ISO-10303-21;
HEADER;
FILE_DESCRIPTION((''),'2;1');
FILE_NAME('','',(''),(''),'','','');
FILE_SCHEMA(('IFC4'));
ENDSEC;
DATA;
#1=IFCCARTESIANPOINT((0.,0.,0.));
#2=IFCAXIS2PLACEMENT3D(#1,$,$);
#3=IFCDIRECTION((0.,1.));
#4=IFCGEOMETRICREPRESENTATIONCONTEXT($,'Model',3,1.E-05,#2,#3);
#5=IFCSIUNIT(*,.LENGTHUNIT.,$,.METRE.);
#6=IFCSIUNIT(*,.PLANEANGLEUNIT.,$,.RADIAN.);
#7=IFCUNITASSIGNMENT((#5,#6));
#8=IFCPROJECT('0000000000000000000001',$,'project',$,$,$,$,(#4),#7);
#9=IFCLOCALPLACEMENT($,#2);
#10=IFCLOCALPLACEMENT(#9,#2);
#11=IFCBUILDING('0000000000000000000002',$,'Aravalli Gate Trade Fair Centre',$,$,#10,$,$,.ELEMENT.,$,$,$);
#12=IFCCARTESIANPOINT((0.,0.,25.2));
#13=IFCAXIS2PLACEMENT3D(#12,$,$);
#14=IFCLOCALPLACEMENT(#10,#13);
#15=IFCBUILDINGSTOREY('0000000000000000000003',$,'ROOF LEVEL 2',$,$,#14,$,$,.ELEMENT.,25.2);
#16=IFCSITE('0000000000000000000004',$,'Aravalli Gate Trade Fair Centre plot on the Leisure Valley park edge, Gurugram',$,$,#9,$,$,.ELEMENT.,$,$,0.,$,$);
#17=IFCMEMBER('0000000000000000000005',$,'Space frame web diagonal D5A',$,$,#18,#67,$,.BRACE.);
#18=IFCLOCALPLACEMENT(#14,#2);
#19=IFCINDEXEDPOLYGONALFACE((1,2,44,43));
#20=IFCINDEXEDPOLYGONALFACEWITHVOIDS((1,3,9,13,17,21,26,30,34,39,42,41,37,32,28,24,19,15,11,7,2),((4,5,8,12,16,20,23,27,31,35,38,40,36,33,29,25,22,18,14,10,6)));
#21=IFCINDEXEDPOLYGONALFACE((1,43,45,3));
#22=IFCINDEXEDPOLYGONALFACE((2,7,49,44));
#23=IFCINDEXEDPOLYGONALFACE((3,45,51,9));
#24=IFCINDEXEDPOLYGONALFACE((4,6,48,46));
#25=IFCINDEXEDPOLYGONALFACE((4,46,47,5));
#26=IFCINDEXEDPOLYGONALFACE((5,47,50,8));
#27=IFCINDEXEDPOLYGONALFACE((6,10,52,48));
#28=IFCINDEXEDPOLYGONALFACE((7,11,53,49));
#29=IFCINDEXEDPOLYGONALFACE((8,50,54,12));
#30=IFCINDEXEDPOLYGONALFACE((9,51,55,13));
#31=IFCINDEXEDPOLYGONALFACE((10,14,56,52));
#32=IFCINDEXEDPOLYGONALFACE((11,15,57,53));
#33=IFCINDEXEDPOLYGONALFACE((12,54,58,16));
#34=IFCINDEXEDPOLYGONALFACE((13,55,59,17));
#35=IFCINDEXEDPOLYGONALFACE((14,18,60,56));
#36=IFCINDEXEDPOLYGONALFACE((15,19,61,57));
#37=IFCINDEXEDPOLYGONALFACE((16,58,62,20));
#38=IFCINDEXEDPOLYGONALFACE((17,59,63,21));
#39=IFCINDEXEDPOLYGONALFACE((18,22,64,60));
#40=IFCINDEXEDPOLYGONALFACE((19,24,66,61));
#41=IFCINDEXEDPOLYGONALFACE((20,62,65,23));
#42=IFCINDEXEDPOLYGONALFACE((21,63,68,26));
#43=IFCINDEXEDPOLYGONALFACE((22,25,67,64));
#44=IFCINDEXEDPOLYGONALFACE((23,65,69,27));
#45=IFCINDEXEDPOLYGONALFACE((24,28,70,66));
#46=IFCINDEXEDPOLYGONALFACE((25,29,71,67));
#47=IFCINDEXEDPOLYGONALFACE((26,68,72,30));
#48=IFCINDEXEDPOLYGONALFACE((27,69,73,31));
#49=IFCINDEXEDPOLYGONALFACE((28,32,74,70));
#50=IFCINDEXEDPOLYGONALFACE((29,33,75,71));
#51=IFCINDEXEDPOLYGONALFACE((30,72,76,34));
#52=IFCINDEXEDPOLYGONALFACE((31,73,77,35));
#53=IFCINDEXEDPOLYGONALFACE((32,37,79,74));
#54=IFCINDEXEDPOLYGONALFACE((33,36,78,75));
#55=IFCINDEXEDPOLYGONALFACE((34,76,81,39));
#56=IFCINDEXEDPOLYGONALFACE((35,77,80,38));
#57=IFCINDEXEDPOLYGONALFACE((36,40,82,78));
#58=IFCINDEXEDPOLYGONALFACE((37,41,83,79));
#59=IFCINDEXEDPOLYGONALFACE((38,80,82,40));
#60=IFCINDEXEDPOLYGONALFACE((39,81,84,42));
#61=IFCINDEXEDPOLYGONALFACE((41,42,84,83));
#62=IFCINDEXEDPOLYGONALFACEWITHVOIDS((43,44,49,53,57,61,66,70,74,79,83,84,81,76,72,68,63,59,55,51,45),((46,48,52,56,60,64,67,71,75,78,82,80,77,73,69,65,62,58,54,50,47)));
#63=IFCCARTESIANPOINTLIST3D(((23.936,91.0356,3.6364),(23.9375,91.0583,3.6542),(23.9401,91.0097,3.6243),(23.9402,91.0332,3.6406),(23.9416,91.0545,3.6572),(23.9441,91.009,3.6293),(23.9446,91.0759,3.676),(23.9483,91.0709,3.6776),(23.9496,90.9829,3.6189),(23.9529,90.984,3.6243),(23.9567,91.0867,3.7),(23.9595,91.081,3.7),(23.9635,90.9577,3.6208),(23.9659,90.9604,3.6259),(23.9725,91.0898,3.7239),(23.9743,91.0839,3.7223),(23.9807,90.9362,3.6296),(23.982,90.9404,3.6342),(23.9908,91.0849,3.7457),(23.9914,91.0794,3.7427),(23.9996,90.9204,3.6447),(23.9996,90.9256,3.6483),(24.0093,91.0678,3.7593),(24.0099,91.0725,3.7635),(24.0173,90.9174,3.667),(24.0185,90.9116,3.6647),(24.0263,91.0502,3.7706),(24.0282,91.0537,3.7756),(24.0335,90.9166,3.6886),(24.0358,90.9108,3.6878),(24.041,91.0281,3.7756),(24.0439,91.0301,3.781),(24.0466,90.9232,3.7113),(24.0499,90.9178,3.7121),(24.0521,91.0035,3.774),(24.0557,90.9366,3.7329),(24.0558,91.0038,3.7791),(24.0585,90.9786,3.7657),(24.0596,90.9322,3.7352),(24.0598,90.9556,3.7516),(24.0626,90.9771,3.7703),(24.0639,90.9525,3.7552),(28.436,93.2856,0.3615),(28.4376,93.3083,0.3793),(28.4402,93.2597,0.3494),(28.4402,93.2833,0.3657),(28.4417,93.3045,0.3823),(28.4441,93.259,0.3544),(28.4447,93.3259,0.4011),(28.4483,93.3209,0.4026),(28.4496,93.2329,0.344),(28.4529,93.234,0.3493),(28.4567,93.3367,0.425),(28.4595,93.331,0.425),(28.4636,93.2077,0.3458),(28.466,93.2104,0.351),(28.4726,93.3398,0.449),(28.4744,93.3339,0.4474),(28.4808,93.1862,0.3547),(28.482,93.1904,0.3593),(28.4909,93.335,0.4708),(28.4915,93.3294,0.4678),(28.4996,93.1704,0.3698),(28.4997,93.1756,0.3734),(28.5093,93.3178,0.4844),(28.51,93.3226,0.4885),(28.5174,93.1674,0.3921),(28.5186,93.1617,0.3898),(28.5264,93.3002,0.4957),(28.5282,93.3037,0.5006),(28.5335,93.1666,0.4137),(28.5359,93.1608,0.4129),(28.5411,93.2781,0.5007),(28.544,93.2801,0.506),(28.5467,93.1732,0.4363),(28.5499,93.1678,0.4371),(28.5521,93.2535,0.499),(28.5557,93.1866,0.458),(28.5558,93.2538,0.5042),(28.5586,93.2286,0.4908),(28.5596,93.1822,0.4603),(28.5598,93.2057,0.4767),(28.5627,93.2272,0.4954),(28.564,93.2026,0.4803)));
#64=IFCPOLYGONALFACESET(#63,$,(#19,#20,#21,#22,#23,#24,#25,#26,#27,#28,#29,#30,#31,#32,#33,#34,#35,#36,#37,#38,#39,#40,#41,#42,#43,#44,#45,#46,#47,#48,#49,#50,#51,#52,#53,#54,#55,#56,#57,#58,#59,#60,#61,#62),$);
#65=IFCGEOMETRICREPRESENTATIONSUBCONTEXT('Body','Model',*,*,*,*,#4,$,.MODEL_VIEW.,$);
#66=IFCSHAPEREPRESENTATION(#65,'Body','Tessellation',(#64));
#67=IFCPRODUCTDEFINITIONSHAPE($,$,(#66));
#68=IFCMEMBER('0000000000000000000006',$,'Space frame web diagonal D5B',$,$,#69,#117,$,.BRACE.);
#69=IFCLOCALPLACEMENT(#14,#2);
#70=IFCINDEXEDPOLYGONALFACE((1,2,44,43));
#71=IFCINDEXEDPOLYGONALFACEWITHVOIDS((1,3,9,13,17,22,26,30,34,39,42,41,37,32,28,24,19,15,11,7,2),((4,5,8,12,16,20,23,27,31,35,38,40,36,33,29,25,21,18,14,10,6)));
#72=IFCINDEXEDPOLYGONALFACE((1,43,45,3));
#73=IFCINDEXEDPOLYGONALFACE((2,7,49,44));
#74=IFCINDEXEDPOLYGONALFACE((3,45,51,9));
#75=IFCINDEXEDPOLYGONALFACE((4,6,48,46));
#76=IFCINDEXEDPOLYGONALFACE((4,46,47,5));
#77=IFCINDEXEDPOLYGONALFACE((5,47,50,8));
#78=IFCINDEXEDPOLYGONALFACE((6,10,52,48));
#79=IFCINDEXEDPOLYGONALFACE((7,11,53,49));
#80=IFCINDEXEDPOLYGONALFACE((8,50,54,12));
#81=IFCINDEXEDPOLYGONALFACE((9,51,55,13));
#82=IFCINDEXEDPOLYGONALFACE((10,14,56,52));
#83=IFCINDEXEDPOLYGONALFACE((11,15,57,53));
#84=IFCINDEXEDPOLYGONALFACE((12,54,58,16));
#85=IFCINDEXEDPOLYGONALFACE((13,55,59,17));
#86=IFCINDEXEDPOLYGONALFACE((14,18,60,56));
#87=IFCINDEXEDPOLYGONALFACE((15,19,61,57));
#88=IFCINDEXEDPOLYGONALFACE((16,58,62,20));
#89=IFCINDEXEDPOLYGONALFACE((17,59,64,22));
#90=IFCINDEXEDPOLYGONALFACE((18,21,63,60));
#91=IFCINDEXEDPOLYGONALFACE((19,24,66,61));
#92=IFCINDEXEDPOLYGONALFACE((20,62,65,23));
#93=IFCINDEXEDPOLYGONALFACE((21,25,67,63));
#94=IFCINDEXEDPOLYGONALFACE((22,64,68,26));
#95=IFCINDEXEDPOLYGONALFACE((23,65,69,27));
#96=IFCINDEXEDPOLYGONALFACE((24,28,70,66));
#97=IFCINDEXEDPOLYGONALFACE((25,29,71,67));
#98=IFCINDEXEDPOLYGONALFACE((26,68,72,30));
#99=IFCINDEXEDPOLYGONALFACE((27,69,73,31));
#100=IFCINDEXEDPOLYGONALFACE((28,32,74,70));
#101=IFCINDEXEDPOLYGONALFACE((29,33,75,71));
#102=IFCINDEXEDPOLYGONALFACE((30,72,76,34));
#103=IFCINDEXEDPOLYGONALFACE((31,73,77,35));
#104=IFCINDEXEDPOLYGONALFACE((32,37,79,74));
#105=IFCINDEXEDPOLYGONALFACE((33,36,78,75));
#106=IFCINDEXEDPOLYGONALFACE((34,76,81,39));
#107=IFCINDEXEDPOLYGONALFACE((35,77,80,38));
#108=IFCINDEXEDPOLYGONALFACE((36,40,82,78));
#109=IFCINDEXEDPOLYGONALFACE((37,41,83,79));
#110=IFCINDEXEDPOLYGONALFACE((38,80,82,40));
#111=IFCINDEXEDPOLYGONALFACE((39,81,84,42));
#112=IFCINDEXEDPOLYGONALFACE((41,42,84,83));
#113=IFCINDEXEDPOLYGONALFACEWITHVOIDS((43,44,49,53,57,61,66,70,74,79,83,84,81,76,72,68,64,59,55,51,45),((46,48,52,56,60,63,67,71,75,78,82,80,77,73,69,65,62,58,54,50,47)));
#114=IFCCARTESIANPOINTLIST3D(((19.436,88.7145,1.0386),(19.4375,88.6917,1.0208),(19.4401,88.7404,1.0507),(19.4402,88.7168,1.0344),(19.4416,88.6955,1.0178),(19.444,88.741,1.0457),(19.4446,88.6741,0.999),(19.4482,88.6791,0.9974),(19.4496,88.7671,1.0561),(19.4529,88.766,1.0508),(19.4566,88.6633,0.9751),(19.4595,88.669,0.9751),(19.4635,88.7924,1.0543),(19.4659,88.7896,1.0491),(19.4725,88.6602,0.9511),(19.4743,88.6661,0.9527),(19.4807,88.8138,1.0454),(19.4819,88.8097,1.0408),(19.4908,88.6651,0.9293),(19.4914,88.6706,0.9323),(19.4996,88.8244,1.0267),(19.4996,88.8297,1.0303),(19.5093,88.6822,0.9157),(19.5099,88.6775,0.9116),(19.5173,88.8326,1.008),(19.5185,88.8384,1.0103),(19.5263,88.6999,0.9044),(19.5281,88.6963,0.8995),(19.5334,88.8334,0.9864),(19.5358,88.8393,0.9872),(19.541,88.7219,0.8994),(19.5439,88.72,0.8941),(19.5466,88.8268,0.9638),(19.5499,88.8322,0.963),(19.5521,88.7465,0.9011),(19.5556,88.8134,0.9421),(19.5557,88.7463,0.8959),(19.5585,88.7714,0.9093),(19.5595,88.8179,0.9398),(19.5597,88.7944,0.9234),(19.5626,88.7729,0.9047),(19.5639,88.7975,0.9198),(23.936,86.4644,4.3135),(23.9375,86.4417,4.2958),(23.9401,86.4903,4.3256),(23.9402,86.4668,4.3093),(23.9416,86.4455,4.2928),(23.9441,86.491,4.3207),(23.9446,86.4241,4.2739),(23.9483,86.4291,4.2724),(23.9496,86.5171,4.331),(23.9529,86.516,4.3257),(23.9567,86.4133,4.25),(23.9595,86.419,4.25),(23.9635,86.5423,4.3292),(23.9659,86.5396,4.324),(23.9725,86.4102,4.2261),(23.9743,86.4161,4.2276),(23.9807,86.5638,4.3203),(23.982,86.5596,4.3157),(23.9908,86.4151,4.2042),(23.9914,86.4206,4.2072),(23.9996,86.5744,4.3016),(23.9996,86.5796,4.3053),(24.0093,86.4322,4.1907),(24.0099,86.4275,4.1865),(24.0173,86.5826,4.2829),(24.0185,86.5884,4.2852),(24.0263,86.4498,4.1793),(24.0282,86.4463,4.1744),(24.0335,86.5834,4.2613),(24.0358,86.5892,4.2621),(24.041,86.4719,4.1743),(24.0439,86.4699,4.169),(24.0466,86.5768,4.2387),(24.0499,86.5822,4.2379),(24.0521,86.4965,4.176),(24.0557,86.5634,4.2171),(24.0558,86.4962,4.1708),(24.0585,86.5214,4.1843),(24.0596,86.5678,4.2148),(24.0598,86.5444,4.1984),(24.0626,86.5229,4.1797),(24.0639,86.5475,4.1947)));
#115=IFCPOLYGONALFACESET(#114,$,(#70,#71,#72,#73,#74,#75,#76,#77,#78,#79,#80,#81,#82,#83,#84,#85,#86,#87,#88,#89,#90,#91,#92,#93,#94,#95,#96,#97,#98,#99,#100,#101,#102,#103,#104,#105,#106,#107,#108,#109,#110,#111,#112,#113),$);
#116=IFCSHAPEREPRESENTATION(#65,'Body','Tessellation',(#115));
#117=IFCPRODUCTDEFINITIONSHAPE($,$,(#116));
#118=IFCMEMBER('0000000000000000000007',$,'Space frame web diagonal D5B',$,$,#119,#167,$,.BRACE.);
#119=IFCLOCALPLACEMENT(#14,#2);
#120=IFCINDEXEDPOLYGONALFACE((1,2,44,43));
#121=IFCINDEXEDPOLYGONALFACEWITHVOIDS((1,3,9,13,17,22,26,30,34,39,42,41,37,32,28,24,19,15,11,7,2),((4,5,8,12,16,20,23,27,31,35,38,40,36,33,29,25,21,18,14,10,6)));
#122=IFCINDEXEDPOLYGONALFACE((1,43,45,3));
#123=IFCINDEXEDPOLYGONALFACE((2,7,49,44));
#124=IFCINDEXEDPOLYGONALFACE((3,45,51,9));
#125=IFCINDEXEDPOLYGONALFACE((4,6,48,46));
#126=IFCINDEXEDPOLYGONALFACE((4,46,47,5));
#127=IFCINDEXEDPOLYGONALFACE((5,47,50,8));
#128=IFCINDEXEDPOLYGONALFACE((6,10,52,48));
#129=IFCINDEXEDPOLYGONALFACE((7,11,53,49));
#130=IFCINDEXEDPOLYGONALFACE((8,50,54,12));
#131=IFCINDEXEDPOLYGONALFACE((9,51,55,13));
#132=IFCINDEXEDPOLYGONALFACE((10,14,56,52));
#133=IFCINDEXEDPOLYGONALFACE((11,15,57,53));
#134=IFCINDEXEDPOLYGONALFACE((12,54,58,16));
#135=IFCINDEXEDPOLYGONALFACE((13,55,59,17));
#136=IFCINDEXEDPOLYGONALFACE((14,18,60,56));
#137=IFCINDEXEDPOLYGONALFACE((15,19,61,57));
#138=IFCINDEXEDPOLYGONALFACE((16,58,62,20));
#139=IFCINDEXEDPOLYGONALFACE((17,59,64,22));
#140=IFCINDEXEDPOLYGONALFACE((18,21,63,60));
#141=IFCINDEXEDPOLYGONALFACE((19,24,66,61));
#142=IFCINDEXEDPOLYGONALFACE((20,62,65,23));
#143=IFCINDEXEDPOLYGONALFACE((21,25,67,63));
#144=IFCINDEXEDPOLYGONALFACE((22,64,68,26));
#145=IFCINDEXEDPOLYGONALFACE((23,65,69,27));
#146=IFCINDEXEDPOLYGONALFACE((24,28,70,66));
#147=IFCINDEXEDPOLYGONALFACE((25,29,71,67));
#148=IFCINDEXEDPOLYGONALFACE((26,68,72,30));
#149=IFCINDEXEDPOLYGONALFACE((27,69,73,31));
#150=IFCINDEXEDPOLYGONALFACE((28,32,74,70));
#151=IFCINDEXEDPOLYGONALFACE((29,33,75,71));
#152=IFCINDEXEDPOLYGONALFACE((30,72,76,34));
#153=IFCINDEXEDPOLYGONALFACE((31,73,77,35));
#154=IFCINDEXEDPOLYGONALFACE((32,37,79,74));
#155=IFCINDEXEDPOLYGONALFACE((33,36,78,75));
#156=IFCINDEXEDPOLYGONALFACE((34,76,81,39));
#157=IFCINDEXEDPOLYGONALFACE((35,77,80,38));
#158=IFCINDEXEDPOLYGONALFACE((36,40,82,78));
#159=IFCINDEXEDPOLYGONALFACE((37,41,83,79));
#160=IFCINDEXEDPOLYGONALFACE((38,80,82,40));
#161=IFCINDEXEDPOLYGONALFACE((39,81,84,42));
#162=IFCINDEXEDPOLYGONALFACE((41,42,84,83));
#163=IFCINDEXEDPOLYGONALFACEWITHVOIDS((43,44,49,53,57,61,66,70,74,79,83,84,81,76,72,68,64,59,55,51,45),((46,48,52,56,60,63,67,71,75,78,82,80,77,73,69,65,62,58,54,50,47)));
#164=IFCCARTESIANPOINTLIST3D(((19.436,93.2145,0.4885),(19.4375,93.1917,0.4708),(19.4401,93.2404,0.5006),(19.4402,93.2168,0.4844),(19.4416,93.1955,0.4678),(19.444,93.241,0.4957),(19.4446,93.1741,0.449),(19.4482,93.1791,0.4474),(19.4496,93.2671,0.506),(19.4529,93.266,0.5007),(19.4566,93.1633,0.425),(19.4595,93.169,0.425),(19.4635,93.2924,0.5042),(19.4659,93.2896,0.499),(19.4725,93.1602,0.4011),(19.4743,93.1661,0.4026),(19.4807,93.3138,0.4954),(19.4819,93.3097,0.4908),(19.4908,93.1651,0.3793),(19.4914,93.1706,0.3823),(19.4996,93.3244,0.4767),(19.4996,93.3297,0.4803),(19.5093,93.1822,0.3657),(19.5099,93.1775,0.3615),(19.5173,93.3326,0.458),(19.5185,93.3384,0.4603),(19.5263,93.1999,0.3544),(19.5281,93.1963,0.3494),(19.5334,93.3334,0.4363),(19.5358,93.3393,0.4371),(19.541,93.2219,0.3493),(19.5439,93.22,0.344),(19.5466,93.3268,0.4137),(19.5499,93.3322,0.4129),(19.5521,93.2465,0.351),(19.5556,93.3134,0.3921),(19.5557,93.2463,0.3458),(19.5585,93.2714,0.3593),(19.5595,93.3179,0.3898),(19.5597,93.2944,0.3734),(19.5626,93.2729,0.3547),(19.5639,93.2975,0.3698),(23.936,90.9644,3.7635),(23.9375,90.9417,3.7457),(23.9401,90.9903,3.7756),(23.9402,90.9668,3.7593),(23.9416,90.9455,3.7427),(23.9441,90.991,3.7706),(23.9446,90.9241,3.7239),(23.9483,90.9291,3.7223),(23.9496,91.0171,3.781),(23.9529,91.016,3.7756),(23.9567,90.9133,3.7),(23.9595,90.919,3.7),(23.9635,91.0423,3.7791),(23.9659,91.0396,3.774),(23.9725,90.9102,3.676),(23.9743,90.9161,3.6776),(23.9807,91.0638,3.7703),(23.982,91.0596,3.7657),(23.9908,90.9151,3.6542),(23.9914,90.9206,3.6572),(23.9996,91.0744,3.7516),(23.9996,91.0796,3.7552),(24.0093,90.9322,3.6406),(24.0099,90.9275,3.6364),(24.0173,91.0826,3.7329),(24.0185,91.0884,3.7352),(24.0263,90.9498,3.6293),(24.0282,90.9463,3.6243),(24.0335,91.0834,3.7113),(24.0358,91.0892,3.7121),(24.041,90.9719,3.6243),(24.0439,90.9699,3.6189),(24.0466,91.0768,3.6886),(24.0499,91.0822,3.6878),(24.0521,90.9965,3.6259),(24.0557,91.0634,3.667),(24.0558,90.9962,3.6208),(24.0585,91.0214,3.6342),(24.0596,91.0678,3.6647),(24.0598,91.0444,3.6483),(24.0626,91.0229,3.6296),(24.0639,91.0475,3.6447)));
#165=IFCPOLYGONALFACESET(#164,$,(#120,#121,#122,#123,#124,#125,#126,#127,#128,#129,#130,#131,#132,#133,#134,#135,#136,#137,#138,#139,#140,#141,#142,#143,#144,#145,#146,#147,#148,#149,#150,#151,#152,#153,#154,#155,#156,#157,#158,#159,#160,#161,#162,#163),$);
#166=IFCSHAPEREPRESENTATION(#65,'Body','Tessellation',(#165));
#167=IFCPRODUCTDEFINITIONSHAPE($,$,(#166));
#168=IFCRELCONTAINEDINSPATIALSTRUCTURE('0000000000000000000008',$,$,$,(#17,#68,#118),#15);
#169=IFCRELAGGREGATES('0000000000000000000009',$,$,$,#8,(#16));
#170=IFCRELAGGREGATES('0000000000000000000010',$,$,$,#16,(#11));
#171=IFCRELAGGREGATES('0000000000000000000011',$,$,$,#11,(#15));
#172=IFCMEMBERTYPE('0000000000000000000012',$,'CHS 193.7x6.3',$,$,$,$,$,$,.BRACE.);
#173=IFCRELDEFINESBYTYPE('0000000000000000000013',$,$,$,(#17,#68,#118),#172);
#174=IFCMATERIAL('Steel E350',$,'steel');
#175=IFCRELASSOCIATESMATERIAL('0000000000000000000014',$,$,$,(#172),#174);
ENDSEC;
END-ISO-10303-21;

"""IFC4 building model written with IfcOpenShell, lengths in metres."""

from ifc_helpers import new_model, si_unit, direction, frame, origin, origin_2d, place, context, subcontext, project, spatial, hollow_circle, extrude, material, material_profile, profile_set, type_object, element, save


model = new_model("IFC4")

# Units and contexts
model_context = context("Model", 3, precision=1e-05, world=origin(), true_north=direction((0.0, 1.0)))
body_context = subcontext(model_context, "Body", "Model", "MODEL_VIEW")
ifc_project = project(units=[si_unit("LENGTHUNIT", "METRE"), si_unit("PLANEANGLEUNIT", "RADIAN")], contexts=[model_context])

# Site, building, storey
site_placement = place(None, origin())
site = spatial("IfcSite", under=ifc_project, at=site_placement, Name="Aravalli Gate Trade Fair Centre plot on the Leisure Valley park edge, Gurugram", CompositionType="ELEMENT", RefElevation=0.0)
building_placement = place(site_placement, origin())
building = spatial("IfcBuilding", under=site, at=building_placement, Name="Aravalli Gate Trade Fair Centre", CompositionType="ELEMENT")
storey_placement = place(building_placement, frame((0.0, 0.0, 25.2)))
storey = spatial("IfcBuildingStorey", under=building, at=storey_placement, Name="ROOF LEVEL 2", CompositionType="ELEMENT", Elevation=25.2)

# Members
ifc_material_1 = material(Name="Steel E350", Category="steel")
ifc_material_profile_1 = material_profile(ifc_material_1, hollow_circle(Radius=0.0969, WallThickness=0.0063, at=origin_2d()), Name="CHS 193.7x6.3")
ifc_profile_set_1 = profile_set([ifc_material_profile_1], Name="Steel E350")
member_type_1 = type_object("IfcMemberType", Name="CHS 193.7x6.3", PredefinedType="BRACE", material=ifc_profile_set_1)
for number, where, z_axis, x_axis, name in (
    (1, (24.0, 91.0, 3.7), (0.74961, 0.374805, -0.545533), (-0.447214, 0.894427, 0.0), "Space frame web diagonal D5A"),
    (2, (24.0, 86.5, 4.25), (-0.74961, 0.374805, -0.545533), (-0.447214, -0.894427, 0.0), "Space frame web diagonal D5B"),
    (3, (24.0, 91.0, 3.7), (-0.74961, 0.374805, -0.545533), (-0.447214, -0.894427, 0.0), "Space frame web diagonal D5B"),
):
    element("IfcMember", number, at=place(storey_placement, frame(where, z_axis=z_axis, x_axis=x_axis)), inside=storey, type_object=member_type_1, Name=name, PredefinedType="BRACE", context=body_context, shape_type="SweptSolid", body=[
        extrude(hollow_circle(Radius=0.0969, WallThickness=0.0063, at=origin_2d()), origin(), (0.0, 0.0, 1.0), 6.0032),
    ])

save(model, "model.ifc")
